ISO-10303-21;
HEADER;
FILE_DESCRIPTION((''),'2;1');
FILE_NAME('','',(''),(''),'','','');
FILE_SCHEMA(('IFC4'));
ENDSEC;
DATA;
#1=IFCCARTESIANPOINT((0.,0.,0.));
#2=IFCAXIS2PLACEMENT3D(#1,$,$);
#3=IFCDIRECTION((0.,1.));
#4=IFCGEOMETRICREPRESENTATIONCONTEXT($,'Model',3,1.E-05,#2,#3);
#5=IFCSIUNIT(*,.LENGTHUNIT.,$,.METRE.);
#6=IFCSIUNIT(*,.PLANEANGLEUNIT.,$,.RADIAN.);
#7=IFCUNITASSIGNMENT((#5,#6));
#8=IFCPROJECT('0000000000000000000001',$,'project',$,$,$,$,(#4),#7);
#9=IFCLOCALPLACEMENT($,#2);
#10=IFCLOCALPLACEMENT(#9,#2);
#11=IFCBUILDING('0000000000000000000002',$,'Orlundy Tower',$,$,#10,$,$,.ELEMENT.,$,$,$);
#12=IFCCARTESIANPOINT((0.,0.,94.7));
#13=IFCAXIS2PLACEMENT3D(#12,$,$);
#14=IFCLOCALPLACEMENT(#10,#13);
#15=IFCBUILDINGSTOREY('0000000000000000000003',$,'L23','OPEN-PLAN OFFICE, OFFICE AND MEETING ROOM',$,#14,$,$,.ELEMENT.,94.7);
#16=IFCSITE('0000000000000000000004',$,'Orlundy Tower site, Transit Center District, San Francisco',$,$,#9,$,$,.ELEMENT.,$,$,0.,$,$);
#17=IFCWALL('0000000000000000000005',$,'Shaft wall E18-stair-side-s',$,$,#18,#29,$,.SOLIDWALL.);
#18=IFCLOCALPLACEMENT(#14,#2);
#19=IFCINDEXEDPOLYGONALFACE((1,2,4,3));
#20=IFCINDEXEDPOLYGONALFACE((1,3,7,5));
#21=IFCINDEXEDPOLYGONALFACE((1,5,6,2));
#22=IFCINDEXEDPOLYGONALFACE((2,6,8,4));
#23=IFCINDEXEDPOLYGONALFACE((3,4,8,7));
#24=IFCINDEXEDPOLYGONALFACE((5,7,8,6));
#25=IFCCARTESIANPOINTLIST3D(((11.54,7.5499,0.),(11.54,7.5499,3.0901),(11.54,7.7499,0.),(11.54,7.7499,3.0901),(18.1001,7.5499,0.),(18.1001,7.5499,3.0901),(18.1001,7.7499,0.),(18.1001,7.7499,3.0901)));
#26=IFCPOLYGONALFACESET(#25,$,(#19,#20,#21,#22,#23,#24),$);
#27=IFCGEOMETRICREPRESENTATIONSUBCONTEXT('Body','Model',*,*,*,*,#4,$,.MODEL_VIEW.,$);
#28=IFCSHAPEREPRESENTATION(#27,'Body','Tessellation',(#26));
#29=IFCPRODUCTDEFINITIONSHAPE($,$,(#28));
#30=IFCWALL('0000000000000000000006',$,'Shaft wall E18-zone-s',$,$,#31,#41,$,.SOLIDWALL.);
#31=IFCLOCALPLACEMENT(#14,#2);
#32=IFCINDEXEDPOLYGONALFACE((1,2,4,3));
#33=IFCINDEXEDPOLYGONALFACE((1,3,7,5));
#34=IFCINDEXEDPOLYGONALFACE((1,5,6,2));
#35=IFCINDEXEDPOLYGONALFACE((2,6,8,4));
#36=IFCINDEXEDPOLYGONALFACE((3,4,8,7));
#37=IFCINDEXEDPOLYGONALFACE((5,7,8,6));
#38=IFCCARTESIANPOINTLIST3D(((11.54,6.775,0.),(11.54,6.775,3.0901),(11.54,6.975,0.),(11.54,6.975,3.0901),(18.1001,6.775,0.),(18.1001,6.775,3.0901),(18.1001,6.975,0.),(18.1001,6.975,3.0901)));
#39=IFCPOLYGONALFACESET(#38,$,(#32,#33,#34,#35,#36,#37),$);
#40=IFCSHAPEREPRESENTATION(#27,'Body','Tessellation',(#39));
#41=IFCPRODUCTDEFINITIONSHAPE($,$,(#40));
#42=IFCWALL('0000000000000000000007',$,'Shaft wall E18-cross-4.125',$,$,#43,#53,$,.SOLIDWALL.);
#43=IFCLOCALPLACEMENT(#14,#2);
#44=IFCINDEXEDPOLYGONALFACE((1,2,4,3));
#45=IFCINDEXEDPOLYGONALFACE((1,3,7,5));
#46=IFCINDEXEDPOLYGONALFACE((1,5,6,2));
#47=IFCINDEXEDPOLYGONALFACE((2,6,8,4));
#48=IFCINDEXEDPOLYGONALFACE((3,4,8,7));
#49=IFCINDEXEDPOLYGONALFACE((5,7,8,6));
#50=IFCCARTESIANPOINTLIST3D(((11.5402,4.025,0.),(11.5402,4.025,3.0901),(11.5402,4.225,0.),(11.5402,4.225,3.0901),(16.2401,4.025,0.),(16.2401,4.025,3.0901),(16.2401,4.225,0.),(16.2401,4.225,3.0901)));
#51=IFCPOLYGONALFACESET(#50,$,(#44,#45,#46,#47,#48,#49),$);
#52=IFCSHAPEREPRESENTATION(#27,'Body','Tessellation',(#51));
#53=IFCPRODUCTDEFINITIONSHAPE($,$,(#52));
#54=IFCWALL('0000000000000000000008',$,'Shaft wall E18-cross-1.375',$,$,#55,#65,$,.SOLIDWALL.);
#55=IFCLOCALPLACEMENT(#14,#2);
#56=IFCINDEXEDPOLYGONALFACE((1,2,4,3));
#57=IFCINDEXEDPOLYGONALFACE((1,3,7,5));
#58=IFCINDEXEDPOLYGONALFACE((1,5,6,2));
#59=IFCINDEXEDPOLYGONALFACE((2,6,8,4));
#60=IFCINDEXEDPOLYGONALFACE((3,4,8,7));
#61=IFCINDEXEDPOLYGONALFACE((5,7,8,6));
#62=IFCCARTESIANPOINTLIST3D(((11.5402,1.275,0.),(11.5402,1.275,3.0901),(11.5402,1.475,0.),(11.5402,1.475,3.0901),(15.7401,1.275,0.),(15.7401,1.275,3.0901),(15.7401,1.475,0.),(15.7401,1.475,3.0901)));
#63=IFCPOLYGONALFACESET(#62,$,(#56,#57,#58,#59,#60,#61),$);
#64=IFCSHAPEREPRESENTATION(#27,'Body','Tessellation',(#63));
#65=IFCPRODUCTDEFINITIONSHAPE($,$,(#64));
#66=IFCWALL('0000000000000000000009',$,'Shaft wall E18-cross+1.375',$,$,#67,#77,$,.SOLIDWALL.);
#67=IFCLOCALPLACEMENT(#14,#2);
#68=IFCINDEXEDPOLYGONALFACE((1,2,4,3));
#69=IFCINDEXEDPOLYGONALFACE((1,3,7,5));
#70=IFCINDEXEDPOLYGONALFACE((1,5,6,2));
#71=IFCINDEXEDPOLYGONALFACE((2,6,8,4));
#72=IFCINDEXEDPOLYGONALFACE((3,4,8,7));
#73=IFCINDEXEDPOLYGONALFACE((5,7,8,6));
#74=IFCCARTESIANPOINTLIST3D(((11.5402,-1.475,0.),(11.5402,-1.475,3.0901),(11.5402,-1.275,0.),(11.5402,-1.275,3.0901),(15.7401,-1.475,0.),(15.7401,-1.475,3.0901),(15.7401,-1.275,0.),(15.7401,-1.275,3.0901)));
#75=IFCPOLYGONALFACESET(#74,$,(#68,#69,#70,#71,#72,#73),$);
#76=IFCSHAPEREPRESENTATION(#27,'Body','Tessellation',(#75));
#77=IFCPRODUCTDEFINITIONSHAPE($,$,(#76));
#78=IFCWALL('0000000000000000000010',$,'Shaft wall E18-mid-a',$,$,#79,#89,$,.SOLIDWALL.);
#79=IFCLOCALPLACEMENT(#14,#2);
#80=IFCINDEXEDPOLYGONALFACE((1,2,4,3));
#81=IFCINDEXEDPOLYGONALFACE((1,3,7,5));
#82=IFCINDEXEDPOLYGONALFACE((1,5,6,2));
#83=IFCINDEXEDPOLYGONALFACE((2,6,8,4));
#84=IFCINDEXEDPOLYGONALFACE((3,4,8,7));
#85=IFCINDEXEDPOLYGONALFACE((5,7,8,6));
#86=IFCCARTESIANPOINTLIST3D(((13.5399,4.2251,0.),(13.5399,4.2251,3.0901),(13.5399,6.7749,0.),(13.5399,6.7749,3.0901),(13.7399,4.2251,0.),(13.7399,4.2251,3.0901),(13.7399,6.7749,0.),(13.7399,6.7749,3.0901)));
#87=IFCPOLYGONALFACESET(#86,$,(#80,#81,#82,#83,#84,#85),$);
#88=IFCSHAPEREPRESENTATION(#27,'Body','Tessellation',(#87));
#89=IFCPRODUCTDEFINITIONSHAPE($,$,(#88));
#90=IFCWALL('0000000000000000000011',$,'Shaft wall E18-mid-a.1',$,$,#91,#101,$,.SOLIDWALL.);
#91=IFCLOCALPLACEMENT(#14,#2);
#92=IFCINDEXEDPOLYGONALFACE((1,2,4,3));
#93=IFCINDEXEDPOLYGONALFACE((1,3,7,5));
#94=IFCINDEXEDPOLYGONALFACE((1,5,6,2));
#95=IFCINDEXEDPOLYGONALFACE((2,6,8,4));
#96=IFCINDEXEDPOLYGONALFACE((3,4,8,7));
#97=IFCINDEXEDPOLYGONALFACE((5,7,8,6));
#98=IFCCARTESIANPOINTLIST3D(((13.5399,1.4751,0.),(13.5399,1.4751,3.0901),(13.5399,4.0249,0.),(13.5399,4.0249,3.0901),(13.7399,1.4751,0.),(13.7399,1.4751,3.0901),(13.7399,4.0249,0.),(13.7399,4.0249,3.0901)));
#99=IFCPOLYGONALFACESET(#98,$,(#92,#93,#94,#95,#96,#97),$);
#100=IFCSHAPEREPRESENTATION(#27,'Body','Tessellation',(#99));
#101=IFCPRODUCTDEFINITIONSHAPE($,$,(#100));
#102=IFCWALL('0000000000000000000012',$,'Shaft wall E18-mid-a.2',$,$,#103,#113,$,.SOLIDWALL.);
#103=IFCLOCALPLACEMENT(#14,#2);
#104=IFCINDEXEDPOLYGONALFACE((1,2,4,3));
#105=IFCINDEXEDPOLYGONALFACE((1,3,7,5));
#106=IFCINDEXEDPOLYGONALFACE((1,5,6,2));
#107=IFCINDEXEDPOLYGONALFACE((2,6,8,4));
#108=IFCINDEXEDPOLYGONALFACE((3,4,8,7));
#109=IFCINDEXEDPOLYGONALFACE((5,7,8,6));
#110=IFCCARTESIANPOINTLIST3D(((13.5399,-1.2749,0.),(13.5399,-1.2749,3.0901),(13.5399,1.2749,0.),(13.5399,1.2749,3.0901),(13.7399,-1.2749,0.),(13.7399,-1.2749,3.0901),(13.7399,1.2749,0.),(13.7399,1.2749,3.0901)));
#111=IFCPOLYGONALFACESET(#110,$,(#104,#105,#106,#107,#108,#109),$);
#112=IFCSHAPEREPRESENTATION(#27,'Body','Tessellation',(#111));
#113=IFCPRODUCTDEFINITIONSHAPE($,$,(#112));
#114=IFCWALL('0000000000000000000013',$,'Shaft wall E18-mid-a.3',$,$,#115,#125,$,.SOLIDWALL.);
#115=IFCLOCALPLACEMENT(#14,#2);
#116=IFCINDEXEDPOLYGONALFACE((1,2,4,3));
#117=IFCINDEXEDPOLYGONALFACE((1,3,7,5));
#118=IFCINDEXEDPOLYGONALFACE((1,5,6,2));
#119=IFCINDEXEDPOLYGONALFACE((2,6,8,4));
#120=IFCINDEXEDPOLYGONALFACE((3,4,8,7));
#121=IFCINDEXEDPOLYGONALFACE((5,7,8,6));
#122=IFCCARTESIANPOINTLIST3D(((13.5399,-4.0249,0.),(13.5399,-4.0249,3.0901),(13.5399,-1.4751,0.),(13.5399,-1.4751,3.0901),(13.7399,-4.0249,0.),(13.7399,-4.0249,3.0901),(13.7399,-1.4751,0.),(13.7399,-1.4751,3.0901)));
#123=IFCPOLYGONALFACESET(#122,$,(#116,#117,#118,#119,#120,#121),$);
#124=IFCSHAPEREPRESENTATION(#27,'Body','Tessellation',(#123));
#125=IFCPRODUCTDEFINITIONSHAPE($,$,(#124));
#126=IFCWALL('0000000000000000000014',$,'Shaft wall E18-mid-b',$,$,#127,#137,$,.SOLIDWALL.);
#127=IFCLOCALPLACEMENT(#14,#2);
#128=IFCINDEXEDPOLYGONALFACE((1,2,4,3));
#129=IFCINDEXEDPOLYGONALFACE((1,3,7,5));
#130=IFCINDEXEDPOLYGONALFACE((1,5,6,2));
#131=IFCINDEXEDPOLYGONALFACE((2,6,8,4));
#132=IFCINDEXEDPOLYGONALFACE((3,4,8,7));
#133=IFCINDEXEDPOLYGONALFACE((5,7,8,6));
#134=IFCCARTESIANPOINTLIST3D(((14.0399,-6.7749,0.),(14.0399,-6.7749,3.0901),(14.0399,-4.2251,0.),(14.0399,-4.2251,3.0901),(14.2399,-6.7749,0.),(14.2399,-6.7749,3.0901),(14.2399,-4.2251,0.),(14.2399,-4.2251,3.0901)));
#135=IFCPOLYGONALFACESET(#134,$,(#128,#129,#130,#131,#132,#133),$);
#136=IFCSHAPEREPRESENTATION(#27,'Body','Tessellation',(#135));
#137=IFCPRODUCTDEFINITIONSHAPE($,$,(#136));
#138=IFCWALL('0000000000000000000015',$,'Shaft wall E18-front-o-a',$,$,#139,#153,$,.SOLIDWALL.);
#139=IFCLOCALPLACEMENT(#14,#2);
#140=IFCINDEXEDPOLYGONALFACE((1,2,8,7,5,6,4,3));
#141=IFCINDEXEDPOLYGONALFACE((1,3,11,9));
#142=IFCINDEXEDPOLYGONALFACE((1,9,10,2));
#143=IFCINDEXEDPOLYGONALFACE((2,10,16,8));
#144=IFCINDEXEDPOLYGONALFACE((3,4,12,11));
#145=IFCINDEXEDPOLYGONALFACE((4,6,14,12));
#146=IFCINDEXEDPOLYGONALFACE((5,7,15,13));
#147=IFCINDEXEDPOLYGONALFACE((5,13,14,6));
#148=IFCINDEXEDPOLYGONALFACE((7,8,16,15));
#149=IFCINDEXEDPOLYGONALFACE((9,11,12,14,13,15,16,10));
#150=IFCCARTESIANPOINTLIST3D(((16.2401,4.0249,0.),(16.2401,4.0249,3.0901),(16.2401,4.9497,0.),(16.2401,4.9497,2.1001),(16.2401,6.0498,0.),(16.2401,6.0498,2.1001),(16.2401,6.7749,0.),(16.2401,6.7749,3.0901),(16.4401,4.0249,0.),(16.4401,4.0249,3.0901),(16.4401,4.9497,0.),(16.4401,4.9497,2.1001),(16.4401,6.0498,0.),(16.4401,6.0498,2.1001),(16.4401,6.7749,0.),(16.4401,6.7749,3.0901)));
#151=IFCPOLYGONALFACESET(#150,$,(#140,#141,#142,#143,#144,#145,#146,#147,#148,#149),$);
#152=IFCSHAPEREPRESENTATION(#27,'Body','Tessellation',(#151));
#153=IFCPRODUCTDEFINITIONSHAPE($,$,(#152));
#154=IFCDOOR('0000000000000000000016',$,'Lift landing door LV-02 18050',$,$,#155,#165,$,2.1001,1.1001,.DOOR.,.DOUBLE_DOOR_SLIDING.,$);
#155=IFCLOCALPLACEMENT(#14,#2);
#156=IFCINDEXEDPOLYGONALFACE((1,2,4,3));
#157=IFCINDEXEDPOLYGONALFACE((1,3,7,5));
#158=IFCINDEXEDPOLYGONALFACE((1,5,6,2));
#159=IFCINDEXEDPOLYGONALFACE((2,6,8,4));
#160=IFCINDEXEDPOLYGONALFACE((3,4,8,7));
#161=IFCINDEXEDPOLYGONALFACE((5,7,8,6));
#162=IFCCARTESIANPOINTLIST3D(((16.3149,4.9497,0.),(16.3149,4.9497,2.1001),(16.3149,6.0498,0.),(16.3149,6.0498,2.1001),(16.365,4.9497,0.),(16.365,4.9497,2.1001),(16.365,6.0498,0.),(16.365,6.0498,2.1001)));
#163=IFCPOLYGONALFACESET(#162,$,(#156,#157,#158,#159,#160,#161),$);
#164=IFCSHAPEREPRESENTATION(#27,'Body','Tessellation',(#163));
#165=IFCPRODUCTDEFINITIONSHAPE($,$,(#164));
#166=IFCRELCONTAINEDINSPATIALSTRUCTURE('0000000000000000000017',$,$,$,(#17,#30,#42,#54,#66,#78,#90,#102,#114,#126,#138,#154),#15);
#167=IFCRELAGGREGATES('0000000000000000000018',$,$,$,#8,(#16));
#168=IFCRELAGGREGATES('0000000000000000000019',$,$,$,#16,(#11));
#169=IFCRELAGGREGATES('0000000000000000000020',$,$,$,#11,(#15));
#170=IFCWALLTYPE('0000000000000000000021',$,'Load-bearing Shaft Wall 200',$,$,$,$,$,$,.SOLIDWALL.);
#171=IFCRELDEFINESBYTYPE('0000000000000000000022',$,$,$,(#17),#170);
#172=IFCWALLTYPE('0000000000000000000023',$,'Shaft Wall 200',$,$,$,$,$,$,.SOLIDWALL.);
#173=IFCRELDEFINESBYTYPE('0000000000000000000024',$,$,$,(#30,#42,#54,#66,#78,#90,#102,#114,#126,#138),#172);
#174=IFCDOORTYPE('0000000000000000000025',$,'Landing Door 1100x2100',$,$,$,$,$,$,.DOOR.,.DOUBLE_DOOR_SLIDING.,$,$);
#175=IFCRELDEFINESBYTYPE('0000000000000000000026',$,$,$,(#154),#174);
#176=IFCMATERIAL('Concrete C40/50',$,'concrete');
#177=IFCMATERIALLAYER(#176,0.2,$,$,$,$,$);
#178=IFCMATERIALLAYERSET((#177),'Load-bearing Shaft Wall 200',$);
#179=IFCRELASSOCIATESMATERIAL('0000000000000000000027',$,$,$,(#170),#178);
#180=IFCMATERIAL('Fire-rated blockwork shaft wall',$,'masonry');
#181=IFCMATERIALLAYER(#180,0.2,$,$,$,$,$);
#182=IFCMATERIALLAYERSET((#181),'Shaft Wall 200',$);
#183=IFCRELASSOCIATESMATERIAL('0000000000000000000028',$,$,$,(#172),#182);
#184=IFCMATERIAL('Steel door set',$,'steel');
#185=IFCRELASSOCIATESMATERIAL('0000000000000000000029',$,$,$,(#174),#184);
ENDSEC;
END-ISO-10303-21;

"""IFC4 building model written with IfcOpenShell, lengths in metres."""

from ifc_helpers import new_model, si_unit, direction, frame, frame_2d, origin, place, context, subcontext, project, spatial, rectangle, extrude, material, layer, layer_set, type_object, element, fill, save


model = new_model("IFC4")

# Units and contexts
model_context = context("Model", 3, precision=1e-05, world=origin(), true_north=direction((0.0, 1.0)))
body_context = subcontext(model_context, "Body", "Model", "MODEL_VIEW")
ifc_project = project(units=[si_unit("LENGTHUNIT", "METRE"), si_unit("PLANEANGLEUNIT", "RADIAN")], contexts=[model_context])

# Site, building, storey
site_placement = place(None, origin())
site = spatial("IfcSite", under=ifc_project, at=site_placement, Name="Orlundy Tower site, Transit Center District, San Francisco", CompositionType="ELEMENT", RefElevation=0.0)
building_placement = place(site_placement, origin())
building = spatial("IfcBuilding", under=site, at=building_placement, Name="Orlundy Tower", CompositionType="ELEMENT")
storey_placement = place(building_placement, frame((0.0, 0.0, 94.7)))
storey = spatial("IfcBuildingStorey", under=building, at=storey_placement, Name="L23", Description="OPEN-PLAN OFFICE, OFFICE AND MEETING ROOM", CompositionType="ELEMENT", Elevation=94.7)

# Walls
ifc_material_1 = material(Name="Concrete C40/50", Category="concrete")
ifc_layer_1 = layer(ifc_material_1, 0.2)
ifc_layer_set_1 = layer_set([ifc_layer_1], Name="Load-bearing Shaft Wall 200")
wall_type_1 = type_object("IfcWallType", Name="Load-bearing Shaft Wall 200", PredefinedType="SOLIDWALL", material=ifc_layer_set_1)
wall_1_placement = place(storey_placement, frame((11.54, 7.6499, 0.0), z_axis=(0.0, 0.0, 1.0), x_axis=(1.0, 0.0, 0.0)))
element("IfcWall", 1, at=wall_1_placement, inside=storey, type_object=wall_type_1, Name="Shaft wall E18-stair-side-s", PredefinedType="SOLIDWALL", context=body_context, shape_type="SweptSolid", body=[
    extrude(rectangle(XDim=6.5601, YDim=0.2, at=frame_2d((3.28, 0.0))), origin(), (0.0, 0.0, 1.0), 3.0901),
])
ifc_material_2 = material(Name="Fire-rated blockwork shaft wall", Category="masonry")
ifc_layer_2 = layer(ifc_material_2, 0.2)
ifc_layer_set_2 = layer_set([ifc_layer_2], Name="Shaft Wall 200")
wall_type_2 = type_object("IfcWallType", Name="Shaft Wall 200", PredefinedType="SOLIDWALL", material=ifc_layer_set_2)
wall_2_placement = place(storey_placement, frame((11.54, 6.875, 0.0), z_axis=(0.0, 0.0, 1.0), x_axis=(1.0, 0.0, 0.0)))
element("IfcWall", 2, at=wall_2_placement, inside=storey, type_object=wall_type_2, Name="Shaft wall E18-zone-s", PredefinedType="SOLIDWALL", context=body_context, shape_type="SweptSolid", body=[
    extrude(rectangle(XDim=6.5601, YDim=0.2, at=frame_2d((3.28, 0.0))), origin(), (0.0, 0.0, 1.0), 3.0901),
])
wall_3_placement = place(storey_placement, frame((11.54, 4.125, 0.0), z_axis=(0.0, 0.0, 1.0), x_axis=(1.0, 0.0, 0.0)))
element("IfcWall", 3, at=wall_3_placement, inside=storey, type_object=wall_type_2, Name="Shaft wall E18-cross-4.125", PredefinedType="SOLIDWALL", context=body_context, shape_type="SweptSolid", body=[
    extrude(rectangle(XDim=4.7, YDim=0.2, at=frame_2d((2.3501, 0.0))), origin(), (0.0, 0.0, 1.0), 3.0901),
])
for number, where, z_axis, x_axis, name in (
    (4, (11.54, 1.375, 0.0), (0.0, 0.0, 1.0), (1.0, 0.0, 0.0), "Shaft wall E18-cross-1.375"),
    (5, (11.54, -1.375, 0.0), (0.0, 0.0, 1.0), (1.0, 0.0, 0.0), "Shaft wall E18-cross+1.375"),
):
    element("IfcWall", number, at=place(storey_placement, frame(where, z_axis=z_axis, x_axis=x_axis)), inside=storey, type_object=wall_type_2, Name=name, PredefinedType="SOLIDWALL", context=body_context, shape_type="SweptSolid", body=[
        extrude(rectangle(XDim=4.2, YDim=0.2, at=frame_2d((2.1001, 0.0))), origin(), (0.0, 0.0, 1.0), 3.0901),
    ])
for number, where, z_axis, x_axis, name in (
    (6, (13.6399, 6.7749, 0.0), (0.0, 0.0, 1.0), (0.0, -1.0, 0.0), "Shaft wall E18-mid-a"),
    (7, (13.6399, 4.0249, 0.0), (0.0, 0.0, 1.0), (0.0, -1.0, 0.0), "Shaft wall E18-mid-a.1"),
    (8, (13.6399, 1.2749, 0.0), (0.0, 0.0, 1.0), (0.0, -1.0, 0.0), "Shaft wall E18-mid-a.2"),
    (9, (13.6399, -1.4751, 0.0), (0.0, 0.0, 1.0), (0.0, -1.0, 0.0), "Shaft wall E18-mid-a.3"),
    (10, (14.1399, -4.2251, 0.0), (0.0, 0.0, 1.0), (0.0, -1.0, 0.0), "Shaft wall E18-mid-b"),
):
    element("IfcWall", number, at=place(storey_placement, frame(where, z_axis=z_axis, x_axis=x_axis)), inside=storey, type_object=wall_type_2, Name=name, PredefinedType="SOLIDWALL", context=body_context, shape_type="SweptSolid", body=[
        extrude(rectangle(XDim=2.5498, YDim=0.2, at=frame_2d((1.2749, 0.0))), origin(), (0.0, 0.0, 1.0), 3.0901),
    ])

# Wall, opening, door
wall_4_placement = place(storey_placement, frame((16.3401, 6.7749, 0.0), z_axis=(0.0, 0.0, 1.0), x_axis=(0.0, -1.0, 0.0)))
wall_4 = element("IfcWall", 11, at=wall_4_placement, inside=storey, type_object=wall_type_2, Name="Shaft wall E18-front-o-a", PredefinedType="SOLIDWALL", context=body_context, shape_type="SweptSolid", body=[
    extrude(rectangle(XDim=2.75, YDim=0.2, at=frame_2d((1.375, 0.0))), origin(), (0.0, 0.0, 1.0), 3.0901),
])
opening_1_placement = place(wall_4_placement, frame((0.7251, 0.0, 0.0)))
opening_1 = element("IfcOpeningElement", 12, at=opening_1_placement, cuts=wall_4, PredefinedType="OPENING", context=body_context, shape_type="SweptSolid", body=[
    extrude(rectangle(XDim=1.1001, YDim=2.1001, at=frame_2d((0.55, 1.05))), frame((0.0, 0.1101, 0.0), z_axis=(0.0, -1.0, 0.0), x_axis=(1.0, 0.0, 0.0)), (0.0, 0.0, 1.0), 0.2202),
])
ifc_material_3 = material(Name="Steel door set", Category="steel")
door_type = type_object("IfcDoorType", Name="Landing Door 1100x2100", OperationType="DOUBLE_DOOR_SLIDING", PredefinedType="DOOR", material=ifc_material_3)
door_1_placement = place(opening_1_placement, origin())
door_1 = element("IfcDoor", 13, at=door_1_placement, inside=storey, type_object=door_type, Name="Lift landing door LV-02 18050", OperationType="DOUBLE_DOOR_SLIDING", OverallHeight=2.1001, OverallWidth=1.1001, PredefinedType="DOOR", context=body_context, shape_type="SweptSolid", body=[
    extrude(rectangle(XDim=1.1001, YDim=2.1001, at=frame_2d((0.55, 1.05))), frame((0.0, 0.0249, 0.0), z_axis=(0.0, -1.0, 0.0), x_axis=(1.0, 0.0, 0.0)), (0.0, 0.0, 1.0), 0.05),
])
fill(opening_1, door_1)

save(model, "model.ifc")
